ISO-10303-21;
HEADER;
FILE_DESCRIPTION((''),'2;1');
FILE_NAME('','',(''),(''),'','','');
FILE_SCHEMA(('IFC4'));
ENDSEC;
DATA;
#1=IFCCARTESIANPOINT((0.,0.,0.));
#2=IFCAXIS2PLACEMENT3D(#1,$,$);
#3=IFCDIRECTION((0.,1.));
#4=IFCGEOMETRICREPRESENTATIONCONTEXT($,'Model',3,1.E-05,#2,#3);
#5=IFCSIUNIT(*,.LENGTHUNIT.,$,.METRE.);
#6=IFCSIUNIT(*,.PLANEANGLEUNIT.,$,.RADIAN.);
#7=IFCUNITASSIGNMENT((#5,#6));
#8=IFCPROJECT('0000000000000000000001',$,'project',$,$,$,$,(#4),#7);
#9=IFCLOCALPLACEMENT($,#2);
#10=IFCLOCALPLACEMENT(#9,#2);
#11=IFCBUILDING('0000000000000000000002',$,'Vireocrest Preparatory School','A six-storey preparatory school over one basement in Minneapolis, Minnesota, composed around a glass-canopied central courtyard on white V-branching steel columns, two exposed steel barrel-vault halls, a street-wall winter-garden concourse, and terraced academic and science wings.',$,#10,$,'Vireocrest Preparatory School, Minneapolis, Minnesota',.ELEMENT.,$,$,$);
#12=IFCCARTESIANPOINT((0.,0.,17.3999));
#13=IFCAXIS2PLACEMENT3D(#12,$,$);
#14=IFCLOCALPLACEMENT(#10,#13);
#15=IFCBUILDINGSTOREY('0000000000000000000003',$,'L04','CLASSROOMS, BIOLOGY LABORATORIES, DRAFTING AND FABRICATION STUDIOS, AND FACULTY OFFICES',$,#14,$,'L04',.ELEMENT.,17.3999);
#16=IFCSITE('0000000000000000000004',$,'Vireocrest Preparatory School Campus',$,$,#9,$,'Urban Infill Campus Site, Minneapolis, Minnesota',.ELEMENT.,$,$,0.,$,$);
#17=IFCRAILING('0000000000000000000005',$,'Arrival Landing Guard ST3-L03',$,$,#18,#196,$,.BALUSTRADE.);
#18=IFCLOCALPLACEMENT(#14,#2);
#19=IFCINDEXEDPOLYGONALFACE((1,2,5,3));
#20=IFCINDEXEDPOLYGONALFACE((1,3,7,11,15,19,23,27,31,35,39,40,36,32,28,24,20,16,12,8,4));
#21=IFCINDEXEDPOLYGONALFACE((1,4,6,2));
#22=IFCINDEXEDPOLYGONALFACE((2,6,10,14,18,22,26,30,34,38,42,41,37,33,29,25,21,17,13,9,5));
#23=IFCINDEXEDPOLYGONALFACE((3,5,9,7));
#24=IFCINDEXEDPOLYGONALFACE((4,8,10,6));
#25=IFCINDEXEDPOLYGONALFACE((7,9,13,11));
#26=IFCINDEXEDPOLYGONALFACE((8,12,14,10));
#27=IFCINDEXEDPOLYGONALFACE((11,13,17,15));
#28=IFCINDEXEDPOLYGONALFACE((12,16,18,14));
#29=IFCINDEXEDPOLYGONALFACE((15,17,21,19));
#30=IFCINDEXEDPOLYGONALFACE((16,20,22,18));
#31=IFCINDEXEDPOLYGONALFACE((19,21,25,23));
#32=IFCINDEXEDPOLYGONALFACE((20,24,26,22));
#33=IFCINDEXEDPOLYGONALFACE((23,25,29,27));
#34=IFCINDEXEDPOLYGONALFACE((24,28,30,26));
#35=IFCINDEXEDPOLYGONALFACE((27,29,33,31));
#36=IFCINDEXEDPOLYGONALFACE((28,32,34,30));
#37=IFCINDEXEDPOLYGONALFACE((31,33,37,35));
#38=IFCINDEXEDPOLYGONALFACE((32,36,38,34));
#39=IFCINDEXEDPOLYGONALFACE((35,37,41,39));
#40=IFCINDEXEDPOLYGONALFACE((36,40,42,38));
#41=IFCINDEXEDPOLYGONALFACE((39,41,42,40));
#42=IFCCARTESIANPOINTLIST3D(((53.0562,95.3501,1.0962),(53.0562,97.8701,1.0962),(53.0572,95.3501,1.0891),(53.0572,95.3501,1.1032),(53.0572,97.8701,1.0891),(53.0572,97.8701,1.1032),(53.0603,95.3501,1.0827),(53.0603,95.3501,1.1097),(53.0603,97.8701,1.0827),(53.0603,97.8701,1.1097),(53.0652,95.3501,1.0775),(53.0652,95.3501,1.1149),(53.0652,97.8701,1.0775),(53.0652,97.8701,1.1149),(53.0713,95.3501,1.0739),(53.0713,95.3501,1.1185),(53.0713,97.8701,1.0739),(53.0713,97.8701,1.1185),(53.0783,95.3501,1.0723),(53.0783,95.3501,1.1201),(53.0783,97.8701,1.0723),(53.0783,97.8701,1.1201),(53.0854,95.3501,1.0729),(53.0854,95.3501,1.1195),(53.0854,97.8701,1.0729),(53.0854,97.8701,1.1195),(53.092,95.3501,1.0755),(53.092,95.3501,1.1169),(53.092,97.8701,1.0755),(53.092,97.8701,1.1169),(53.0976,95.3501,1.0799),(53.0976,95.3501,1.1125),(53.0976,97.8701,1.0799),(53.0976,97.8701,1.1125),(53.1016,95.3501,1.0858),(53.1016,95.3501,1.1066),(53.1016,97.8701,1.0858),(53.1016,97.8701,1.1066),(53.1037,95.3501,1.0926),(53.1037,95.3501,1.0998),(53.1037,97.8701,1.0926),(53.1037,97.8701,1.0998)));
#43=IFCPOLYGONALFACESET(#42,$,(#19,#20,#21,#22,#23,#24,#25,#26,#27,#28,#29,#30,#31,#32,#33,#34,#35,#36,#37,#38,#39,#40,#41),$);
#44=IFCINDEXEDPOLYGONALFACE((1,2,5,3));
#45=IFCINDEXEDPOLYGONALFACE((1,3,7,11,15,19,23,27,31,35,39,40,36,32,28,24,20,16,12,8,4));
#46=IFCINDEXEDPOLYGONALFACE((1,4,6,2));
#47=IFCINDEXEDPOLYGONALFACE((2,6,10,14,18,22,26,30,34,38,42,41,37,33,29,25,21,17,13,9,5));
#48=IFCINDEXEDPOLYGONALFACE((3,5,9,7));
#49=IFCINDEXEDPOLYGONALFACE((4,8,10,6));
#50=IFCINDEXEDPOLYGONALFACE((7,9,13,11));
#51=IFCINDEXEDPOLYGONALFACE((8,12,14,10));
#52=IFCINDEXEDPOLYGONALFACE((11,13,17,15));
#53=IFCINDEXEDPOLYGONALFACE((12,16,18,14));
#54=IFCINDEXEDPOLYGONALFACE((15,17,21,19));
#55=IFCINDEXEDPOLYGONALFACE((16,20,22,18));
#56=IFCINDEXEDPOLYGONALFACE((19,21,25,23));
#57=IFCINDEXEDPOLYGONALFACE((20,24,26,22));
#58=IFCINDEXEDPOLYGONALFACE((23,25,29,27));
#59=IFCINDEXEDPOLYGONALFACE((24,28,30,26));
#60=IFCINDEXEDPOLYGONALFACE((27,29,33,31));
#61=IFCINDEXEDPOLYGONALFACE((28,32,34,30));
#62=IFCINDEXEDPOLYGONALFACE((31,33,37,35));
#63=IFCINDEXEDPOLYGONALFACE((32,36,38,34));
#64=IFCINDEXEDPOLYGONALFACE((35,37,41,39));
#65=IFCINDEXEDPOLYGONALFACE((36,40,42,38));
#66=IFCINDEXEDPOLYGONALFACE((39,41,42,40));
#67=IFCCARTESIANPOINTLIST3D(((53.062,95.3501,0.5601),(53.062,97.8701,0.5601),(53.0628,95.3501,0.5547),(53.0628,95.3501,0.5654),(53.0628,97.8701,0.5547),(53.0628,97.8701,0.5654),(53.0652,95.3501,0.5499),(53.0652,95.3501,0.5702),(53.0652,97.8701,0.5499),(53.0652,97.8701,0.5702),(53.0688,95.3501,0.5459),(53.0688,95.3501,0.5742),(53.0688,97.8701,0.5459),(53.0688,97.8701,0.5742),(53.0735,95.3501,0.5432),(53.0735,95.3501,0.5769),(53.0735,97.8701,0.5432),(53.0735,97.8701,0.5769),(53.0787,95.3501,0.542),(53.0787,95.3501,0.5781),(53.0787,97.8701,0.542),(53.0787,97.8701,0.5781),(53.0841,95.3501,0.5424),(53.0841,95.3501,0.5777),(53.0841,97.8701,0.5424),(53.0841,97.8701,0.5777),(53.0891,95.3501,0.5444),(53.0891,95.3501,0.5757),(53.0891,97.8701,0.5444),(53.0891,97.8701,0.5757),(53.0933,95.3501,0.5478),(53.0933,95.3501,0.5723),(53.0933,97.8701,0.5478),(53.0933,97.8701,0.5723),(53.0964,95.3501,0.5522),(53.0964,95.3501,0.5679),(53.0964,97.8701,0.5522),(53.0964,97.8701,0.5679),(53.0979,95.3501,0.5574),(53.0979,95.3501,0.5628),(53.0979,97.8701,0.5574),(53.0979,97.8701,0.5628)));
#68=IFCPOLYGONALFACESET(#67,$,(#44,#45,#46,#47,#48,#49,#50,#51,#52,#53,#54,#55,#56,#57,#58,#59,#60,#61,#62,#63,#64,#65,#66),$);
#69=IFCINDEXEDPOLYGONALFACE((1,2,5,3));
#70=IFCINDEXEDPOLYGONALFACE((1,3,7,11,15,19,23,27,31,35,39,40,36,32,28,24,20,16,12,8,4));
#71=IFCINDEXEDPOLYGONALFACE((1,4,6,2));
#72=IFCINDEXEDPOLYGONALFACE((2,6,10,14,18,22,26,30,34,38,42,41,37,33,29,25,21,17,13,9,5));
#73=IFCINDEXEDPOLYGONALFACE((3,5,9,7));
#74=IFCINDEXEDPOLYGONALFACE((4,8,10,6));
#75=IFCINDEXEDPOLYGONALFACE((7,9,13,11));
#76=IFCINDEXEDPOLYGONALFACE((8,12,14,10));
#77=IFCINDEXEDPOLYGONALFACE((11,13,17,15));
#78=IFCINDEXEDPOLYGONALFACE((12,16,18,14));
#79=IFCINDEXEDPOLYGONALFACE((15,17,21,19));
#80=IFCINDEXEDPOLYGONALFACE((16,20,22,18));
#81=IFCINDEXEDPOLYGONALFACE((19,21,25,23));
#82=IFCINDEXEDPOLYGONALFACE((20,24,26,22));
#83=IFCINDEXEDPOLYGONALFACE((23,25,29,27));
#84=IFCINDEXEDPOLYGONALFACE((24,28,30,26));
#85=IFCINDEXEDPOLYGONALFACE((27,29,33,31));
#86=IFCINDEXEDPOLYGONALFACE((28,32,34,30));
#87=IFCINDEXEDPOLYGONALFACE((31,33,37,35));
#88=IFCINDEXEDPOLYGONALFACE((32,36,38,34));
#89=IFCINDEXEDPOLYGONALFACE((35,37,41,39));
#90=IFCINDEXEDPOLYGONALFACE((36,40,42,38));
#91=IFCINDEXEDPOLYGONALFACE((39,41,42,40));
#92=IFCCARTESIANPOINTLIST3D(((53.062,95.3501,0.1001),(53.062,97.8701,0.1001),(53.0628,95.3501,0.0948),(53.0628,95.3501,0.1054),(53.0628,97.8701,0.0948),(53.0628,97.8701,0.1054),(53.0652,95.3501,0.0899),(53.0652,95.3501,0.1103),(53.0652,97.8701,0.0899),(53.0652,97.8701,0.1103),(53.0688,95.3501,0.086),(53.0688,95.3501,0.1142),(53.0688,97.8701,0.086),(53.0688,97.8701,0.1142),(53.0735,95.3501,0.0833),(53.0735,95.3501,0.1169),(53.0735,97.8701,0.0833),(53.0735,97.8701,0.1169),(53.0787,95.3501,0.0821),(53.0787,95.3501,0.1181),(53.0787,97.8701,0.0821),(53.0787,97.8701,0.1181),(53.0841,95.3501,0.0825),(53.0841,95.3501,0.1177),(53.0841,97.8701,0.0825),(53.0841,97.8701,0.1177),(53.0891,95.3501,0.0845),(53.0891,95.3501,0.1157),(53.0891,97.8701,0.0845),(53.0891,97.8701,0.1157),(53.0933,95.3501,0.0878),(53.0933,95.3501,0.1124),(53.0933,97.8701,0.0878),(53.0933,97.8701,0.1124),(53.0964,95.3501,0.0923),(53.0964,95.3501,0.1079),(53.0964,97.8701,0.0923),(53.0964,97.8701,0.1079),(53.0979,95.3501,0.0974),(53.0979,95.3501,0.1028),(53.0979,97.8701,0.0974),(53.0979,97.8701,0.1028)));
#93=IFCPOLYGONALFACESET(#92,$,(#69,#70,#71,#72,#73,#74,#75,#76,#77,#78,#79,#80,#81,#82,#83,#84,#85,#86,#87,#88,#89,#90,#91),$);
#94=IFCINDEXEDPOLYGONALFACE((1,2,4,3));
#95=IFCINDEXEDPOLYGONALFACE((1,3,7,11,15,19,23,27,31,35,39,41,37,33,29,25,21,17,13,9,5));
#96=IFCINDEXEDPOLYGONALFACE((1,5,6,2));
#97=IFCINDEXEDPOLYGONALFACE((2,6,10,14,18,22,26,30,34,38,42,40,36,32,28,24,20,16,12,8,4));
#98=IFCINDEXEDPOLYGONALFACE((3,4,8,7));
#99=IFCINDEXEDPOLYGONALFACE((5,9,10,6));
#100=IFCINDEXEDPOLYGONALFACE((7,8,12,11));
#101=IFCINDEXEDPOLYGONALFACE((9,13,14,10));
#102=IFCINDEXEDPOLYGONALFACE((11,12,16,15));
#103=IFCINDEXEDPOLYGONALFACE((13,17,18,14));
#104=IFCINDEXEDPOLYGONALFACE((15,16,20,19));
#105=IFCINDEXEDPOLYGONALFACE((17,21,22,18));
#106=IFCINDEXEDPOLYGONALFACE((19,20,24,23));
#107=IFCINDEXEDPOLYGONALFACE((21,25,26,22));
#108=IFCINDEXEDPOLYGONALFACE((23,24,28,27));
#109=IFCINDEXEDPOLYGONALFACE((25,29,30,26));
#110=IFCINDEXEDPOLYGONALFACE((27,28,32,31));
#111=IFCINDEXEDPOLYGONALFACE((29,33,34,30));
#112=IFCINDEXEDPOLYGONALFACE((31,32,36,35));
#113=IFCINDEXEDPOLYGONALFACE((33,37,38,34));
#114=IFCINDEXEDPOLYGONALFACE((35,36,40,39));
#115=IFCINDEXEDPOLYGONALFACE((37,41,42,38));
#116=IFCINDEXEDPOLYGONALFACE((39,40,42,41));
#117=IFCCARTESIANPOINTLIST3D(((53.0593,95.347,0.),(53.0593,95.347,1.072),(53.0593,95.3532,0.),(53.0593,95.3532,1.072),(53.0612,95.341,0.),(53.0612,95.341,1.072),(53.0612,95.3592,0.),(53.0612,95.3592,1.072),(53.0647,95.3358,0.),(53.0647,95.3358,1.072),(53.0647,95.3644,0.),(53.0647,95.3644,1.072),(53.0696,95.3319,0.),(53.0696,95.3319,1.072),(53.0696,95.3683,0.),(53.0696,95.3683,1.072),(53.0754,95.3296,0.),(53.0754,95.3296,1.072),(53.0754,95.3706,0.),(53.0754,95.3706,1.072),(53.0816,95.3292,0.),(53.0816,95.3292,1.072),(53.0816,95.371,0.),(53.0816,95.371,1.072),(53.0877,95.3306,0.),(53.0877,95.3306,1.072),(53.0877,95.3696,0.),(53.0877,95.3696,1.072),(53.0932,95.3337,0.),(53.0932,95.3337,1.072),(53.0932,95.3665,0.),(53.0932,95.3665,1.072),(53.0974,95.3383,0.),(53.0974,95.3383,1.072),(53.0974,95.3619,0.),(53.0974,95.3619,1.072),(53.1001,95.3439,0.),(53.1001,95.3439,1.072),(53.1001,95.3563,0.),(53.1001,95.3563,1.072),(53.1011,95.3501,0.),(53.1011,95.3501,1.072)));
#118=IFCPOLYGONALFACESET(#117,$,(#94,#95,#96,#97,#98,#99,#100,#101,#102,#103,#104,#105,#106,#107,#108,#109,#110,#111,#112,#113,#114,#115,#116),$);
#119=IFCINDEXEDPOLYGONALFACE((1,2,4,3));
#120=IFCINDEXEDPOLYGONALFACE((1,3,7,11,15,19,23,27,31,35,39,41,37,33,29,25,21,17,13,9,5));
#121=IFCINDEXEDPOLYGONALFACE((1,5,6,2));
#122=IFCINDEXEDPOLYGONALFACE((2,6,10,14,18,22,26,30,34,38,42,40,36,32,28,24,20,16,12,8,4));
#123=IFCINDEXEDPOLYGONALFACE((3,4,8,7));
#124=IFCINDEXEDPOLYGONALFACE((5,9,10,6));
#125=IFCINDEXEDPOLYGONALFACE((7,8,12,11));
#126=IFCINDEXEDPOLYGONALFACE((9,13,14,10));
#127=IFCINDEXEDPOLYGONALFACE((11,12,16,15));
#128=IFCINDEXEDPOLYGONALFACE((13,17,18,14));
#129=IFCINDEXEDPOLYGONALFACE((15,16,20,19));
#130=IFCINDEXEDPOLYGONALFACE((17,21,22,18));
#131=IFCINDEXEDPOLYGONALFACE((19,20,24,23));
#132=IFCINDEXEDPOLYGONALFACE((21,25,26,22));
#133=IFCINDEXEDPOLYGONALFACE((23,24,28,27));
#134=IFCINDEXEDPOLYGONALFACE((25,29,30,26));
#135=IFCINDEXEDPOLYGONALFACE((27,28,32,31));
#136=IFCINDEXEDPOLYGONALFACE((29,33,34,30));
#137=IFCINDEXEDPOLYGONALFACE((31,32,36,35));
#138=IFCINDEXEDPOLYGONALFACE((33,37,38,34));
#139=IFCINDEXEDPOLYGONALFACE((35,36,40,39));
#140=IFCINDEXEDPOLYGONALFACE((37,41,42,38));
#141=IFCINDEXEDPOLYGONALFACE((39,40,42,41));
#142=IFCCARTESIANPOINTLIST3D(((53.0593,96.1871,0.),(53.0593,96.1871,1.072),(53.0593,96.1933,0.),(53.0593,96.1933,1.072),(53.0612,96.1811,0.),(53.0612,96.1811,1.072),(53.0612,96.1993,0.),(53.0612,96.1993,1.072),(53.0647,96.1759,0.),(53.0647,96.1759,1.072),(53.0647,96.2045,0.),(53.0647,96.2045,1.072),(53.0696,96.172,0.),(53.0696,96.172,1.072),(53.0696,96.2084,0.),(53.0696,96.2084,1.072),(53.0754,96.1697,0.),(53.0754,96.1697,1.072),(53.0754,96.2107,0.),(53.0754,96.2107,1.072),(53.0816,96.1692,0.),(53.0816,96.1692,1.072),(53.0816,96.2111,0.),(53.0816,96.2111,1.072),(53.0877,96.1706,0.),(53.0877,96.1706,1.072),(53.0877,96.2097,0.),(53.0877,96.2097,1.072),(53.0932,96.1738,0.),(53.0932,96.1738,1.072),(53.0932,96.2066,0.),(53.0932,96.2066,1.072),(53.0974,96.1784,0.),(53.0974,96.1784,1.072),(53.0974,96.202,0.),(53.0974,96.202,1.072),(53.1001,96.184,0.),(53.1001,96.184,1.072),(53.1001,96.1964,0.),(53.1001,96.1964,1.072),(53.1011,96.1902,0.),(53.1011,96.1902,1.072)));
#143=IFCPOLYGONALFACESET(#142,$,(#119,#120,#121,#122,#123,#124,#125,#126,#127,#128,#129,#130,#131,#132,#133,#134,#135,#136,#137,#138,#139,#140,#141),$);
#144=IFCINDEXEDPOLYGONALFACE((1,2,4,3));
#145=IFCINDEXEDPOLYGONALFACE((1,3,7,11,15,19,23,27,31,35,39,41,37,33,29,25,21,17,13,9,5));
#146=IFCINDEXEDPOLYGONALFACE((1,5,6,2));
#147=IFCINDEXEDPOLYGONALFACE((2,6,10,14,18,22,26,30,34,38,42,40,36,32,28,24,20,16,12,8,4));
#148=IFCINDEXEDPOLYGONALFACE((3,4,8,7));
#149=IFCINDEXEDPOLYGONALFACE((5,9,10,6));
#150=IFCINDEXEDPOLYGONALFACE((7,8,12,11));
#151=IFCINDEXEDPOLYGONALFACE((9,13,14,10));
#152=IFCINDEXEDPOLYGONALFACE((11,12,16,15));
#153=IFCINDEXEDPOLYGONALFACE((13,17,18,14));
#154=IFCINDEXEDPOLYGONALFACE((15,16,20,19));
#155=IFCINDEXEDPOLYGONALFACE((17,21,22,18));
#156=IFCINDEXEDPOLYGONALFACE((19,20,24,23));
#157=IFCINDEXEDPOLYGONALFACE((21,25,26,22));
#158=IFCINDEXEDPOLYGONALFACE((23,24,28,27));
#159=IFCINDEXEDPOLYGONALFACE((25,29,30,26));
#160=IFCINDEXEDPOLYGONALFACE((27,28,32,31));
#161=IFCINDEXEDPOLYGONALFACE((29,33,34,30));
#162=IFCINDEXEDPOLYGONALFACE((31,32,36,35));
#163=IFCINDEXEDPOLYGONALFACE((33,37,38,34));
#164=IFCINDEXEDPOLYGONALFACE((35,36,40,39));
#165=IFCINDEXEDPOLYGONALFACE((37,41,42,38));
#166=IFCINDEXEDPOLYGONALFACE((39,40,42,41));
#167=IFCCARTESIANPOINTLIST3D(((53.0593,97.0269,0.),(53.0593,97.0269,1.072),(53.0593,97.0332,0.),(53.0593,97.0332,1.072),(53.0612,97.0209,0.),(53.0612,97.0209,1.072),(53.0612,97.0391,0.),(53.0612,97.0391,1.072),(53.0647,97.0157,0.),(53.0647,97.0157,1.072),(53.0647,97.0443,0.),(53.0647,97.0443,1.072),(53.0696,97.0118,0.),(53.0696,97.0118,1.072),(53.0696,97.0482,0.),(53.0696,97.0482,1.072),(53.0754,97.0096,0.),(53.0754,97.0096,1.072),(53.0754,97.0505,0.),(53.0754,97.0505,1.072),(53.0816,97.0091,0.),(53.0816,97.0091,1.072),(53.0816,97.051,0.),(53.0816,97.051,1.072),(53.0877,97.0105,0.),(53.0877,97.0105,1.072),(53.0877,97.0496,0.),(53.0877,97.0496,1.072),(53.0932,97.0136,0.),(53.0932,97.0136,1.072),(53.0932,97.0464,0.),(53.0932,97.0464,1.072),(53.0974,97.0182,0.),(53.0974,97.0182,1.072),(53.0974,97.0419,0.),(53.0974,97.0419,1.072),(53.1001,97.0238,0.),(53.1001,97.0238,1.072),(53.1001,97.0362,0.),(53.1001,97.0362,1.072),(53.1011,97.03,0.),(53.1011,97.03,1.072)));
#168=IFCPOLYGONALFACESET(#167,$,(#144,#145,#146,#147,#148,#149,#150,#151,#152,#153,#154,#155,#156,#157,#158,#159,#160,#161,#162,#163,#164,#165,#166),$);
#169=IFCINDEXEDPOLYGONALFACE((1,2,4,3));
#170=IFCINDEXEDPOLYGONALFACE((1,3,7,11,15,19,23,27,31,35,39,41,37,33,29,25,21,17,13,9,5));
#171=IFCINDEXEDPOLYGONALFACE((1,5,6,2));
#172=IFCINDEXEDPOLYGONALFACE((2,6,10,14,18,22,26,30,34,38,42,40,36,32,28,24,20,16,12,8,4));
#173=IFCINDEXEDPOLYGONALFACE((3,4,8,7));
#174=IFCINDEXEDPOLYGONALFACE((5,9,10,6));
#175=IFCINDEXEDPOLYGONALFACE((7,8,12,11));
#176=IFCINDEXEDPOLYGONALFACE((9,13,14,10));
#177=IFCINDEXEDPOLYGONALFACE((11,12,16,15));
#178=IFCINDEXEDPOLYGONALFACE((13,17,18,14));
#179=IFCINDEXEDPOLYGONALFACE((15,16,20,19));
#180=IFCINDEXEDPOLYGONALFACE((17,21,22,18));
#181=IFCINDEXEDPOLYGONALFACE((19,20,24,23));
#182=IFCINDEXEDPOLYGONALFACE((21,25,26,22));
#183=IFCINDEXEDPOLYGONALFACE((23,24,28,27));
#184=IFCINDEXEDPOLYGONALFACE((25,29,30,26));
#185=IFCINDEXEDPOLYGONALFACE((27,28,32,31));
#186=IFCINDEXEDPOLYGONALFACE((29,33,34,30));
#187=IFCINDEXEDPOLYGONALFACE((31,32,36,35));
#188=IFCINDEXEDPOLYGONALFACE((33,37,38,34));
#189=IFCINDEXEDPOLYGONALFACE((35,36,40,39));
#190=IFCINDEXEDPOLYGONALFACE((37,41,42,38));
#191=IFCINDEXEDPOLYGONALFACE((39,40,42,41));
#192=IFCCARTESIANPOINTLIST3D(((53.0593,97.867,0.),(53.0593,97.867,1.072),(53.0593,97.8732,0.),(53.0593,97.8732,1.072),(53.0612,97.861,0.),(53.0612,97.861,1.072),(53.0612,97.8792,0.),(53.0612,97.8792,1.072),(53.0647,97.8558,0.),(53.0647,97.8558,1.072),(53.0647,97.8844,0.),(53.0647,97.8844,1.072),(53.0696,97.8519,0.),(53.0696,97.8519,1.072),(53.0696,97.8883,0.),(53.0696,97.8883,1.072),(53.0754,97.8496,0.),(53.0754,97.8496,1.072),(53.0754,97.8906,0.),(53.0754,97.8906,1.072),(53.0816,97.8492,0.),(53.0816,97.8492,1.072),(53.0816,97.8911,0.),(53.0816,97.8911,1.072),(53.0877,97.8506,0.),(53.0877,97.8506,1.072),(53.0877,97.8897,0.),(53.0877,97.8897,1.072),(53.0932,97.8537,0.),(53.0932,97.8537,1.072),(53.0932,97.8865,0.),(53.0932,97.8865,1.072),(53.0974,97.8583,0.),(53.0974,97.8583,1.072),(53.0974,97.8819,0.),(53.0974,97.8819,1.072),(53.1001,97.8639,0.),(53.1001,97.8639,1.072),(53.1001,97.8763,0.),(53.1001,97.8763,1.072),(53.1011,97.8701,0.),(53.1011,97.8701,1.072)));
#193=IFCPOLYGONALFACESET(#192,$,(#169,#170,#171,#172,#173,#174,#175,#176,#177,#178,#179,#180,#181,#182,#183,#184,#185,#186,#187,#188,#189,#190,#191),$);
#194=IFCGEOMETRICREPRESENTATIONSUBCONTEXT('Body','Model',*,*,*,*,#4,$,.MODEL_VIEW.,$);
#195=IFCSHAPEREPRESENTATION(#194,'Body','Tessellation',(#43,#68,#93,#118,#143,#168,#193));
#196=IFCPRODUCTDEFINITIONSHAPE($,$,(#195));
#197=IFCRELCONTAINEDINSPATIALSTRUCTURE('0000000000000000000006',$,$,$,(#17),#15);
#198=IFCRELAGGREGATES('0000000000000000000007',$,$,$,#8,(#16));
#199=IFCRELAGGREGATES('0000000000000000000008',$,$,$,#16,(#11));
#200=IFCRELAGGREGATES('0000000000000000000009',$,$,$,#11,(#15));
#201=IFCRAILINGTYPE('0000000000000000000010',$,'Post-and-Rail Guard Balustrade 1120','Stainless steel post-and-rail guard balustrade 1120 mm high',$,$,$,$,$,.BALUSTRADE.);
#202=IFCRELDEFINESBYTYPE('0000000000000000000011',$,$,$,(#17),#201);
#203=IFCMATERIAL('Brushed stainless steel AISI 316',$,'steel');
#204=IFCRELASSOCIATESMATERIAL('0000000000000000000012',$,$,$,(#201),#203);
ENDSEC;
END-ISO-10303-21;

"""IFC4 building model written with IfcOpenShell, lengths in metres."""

from ifc_helpers import new_model, si_unit, direction, frame, origin, origin_2d, place, context, subcontext, project, spatial, circle, extrude, material, type_object, element, save


model = new_model("IFC4")

# Units and contexts
model_context = context("Model", 3, precision=1e-05, world=origin(), true_north=direction((0.0, 1.0)))
body_context = subcontext(model_context, "Body", "Model", "MODEL_VIEW")
ifc_project = project(units=[si_unit("LENGTHUNIT", "METRE"), si_unit("PLANEANGLEUNIT", "RADIAN")], contexts=[model_context])

# Site, building, storey
site_placement = place(None, origin())
site = spatial("IfcSite", under=ifc_project, at=site_placement, Name="Vireocrest Preparatory School Campus", LongName="Urban Infill Campus Site, Minneapolis, Minnesota", CompositionType="ELEMENT", RefElevation=0.0)
building_placement = place(site_placement, origin())
building = spatial("IfcBuilding", under=site, at=building_placement, Name="Vireocrest Preparatory School", Description="A six-storey preparatory school over one basement in Minneapolis, Minnesota, composed around a glass-canopied central courtyard on white V-branching steel columns, two exposed steel barrel-vault halls, a street-wall winter-garden concourse, and terraced academic and science wings.", LongName="Vireocrest Preparatory School, Minneapolis, Minnesota", CompositionType="ELEMENT")
storey_placement = place(building_placement, frame((0.0, 0.0, 17.3999)))
storey = spatial("IfcBuildingStorey", under=building, at=storey_placement, Name="L04", Description="CLASSROOMS, BIOLOGY LABORATORIES, DRAFTING AND FABRICATION STUDIOS, AND FACULTY OFFICES", LongName="L04", CompositionType="ELEMENT", Elevation=17.3999)

# Railing
ifc_material_1 = material(Name="Brushed stainless steel AISI 316", Category="steel")
railing_type_1 = type_object("IfcRailingType", Name="Post-and-Rail Guard Balustrade 1120", Description="Stainless steel post-and-rail guard balustrade 1120 mm high", PredefinedType="BALUSTRADE", material=ifc_material_1)
railing_1_placement = place(storey_placement, frame((53.0801, 95.3501, 0.0)))
element("IfcRailing", 1, at=railing_1_placement, inside=storey, type_object=railing_type_1, Name="Arrival Landing Guard ST3-L03", PredefinedType="BALUSTRADE", context=body_context, shape_type="SweptSolid", body=[
    extrude(circle(Radius=0.0239, at=origin_2d()), frame((0.0, 0.0, 1.0962), z_axis=(0.0, 1.0, 0.0), x_axis=(-1.0, 0.0, 0.0)), (0.0, 0.0, 1.0), 2.52),
    extrude(circle(Radius=0.0181, at=origin_2d()), frame((0.0, 0.0, 0.5601), z_axis=(0.0, 1.0, 0.0), x_axis=(-1.0, 0.0, 0.0)), (0.0, 0.0, 1.0), 2.52),
    extrude(circle(Radius=0.0181, at=origin_2d()), frame((0.0, 0.0, 0.1001), z_axis=(0.0, 1.0, 0.0), x_axis=(-1.0, 0.0, 0.0)), (0.0, 0.0, 1.0), 2.52),
    extrude(circle(Radius=0.021, at=origin_2d()), origin(), (0.0, 0.0, 1.0), 1.072),
    extrude(circle(Radius=0.021, at=origin_2d()), frame((0.0, 0.8401, 0.0)), (0.0, 0.0, 1.0), 1.072),
    extrude(circle(Radius=0.021, at=origin_2d()), frame((0.0, 1.6799, 0.0)), (0.0, 0.0, 1.0), 1.072),
    extrude(circle(Radius=0.021, at=origin_2d()), frame((0.0, 2.52, 0.0)), (0.0, 0.0, 1.0), 1.072),
])

save(model, "model.ifc")
